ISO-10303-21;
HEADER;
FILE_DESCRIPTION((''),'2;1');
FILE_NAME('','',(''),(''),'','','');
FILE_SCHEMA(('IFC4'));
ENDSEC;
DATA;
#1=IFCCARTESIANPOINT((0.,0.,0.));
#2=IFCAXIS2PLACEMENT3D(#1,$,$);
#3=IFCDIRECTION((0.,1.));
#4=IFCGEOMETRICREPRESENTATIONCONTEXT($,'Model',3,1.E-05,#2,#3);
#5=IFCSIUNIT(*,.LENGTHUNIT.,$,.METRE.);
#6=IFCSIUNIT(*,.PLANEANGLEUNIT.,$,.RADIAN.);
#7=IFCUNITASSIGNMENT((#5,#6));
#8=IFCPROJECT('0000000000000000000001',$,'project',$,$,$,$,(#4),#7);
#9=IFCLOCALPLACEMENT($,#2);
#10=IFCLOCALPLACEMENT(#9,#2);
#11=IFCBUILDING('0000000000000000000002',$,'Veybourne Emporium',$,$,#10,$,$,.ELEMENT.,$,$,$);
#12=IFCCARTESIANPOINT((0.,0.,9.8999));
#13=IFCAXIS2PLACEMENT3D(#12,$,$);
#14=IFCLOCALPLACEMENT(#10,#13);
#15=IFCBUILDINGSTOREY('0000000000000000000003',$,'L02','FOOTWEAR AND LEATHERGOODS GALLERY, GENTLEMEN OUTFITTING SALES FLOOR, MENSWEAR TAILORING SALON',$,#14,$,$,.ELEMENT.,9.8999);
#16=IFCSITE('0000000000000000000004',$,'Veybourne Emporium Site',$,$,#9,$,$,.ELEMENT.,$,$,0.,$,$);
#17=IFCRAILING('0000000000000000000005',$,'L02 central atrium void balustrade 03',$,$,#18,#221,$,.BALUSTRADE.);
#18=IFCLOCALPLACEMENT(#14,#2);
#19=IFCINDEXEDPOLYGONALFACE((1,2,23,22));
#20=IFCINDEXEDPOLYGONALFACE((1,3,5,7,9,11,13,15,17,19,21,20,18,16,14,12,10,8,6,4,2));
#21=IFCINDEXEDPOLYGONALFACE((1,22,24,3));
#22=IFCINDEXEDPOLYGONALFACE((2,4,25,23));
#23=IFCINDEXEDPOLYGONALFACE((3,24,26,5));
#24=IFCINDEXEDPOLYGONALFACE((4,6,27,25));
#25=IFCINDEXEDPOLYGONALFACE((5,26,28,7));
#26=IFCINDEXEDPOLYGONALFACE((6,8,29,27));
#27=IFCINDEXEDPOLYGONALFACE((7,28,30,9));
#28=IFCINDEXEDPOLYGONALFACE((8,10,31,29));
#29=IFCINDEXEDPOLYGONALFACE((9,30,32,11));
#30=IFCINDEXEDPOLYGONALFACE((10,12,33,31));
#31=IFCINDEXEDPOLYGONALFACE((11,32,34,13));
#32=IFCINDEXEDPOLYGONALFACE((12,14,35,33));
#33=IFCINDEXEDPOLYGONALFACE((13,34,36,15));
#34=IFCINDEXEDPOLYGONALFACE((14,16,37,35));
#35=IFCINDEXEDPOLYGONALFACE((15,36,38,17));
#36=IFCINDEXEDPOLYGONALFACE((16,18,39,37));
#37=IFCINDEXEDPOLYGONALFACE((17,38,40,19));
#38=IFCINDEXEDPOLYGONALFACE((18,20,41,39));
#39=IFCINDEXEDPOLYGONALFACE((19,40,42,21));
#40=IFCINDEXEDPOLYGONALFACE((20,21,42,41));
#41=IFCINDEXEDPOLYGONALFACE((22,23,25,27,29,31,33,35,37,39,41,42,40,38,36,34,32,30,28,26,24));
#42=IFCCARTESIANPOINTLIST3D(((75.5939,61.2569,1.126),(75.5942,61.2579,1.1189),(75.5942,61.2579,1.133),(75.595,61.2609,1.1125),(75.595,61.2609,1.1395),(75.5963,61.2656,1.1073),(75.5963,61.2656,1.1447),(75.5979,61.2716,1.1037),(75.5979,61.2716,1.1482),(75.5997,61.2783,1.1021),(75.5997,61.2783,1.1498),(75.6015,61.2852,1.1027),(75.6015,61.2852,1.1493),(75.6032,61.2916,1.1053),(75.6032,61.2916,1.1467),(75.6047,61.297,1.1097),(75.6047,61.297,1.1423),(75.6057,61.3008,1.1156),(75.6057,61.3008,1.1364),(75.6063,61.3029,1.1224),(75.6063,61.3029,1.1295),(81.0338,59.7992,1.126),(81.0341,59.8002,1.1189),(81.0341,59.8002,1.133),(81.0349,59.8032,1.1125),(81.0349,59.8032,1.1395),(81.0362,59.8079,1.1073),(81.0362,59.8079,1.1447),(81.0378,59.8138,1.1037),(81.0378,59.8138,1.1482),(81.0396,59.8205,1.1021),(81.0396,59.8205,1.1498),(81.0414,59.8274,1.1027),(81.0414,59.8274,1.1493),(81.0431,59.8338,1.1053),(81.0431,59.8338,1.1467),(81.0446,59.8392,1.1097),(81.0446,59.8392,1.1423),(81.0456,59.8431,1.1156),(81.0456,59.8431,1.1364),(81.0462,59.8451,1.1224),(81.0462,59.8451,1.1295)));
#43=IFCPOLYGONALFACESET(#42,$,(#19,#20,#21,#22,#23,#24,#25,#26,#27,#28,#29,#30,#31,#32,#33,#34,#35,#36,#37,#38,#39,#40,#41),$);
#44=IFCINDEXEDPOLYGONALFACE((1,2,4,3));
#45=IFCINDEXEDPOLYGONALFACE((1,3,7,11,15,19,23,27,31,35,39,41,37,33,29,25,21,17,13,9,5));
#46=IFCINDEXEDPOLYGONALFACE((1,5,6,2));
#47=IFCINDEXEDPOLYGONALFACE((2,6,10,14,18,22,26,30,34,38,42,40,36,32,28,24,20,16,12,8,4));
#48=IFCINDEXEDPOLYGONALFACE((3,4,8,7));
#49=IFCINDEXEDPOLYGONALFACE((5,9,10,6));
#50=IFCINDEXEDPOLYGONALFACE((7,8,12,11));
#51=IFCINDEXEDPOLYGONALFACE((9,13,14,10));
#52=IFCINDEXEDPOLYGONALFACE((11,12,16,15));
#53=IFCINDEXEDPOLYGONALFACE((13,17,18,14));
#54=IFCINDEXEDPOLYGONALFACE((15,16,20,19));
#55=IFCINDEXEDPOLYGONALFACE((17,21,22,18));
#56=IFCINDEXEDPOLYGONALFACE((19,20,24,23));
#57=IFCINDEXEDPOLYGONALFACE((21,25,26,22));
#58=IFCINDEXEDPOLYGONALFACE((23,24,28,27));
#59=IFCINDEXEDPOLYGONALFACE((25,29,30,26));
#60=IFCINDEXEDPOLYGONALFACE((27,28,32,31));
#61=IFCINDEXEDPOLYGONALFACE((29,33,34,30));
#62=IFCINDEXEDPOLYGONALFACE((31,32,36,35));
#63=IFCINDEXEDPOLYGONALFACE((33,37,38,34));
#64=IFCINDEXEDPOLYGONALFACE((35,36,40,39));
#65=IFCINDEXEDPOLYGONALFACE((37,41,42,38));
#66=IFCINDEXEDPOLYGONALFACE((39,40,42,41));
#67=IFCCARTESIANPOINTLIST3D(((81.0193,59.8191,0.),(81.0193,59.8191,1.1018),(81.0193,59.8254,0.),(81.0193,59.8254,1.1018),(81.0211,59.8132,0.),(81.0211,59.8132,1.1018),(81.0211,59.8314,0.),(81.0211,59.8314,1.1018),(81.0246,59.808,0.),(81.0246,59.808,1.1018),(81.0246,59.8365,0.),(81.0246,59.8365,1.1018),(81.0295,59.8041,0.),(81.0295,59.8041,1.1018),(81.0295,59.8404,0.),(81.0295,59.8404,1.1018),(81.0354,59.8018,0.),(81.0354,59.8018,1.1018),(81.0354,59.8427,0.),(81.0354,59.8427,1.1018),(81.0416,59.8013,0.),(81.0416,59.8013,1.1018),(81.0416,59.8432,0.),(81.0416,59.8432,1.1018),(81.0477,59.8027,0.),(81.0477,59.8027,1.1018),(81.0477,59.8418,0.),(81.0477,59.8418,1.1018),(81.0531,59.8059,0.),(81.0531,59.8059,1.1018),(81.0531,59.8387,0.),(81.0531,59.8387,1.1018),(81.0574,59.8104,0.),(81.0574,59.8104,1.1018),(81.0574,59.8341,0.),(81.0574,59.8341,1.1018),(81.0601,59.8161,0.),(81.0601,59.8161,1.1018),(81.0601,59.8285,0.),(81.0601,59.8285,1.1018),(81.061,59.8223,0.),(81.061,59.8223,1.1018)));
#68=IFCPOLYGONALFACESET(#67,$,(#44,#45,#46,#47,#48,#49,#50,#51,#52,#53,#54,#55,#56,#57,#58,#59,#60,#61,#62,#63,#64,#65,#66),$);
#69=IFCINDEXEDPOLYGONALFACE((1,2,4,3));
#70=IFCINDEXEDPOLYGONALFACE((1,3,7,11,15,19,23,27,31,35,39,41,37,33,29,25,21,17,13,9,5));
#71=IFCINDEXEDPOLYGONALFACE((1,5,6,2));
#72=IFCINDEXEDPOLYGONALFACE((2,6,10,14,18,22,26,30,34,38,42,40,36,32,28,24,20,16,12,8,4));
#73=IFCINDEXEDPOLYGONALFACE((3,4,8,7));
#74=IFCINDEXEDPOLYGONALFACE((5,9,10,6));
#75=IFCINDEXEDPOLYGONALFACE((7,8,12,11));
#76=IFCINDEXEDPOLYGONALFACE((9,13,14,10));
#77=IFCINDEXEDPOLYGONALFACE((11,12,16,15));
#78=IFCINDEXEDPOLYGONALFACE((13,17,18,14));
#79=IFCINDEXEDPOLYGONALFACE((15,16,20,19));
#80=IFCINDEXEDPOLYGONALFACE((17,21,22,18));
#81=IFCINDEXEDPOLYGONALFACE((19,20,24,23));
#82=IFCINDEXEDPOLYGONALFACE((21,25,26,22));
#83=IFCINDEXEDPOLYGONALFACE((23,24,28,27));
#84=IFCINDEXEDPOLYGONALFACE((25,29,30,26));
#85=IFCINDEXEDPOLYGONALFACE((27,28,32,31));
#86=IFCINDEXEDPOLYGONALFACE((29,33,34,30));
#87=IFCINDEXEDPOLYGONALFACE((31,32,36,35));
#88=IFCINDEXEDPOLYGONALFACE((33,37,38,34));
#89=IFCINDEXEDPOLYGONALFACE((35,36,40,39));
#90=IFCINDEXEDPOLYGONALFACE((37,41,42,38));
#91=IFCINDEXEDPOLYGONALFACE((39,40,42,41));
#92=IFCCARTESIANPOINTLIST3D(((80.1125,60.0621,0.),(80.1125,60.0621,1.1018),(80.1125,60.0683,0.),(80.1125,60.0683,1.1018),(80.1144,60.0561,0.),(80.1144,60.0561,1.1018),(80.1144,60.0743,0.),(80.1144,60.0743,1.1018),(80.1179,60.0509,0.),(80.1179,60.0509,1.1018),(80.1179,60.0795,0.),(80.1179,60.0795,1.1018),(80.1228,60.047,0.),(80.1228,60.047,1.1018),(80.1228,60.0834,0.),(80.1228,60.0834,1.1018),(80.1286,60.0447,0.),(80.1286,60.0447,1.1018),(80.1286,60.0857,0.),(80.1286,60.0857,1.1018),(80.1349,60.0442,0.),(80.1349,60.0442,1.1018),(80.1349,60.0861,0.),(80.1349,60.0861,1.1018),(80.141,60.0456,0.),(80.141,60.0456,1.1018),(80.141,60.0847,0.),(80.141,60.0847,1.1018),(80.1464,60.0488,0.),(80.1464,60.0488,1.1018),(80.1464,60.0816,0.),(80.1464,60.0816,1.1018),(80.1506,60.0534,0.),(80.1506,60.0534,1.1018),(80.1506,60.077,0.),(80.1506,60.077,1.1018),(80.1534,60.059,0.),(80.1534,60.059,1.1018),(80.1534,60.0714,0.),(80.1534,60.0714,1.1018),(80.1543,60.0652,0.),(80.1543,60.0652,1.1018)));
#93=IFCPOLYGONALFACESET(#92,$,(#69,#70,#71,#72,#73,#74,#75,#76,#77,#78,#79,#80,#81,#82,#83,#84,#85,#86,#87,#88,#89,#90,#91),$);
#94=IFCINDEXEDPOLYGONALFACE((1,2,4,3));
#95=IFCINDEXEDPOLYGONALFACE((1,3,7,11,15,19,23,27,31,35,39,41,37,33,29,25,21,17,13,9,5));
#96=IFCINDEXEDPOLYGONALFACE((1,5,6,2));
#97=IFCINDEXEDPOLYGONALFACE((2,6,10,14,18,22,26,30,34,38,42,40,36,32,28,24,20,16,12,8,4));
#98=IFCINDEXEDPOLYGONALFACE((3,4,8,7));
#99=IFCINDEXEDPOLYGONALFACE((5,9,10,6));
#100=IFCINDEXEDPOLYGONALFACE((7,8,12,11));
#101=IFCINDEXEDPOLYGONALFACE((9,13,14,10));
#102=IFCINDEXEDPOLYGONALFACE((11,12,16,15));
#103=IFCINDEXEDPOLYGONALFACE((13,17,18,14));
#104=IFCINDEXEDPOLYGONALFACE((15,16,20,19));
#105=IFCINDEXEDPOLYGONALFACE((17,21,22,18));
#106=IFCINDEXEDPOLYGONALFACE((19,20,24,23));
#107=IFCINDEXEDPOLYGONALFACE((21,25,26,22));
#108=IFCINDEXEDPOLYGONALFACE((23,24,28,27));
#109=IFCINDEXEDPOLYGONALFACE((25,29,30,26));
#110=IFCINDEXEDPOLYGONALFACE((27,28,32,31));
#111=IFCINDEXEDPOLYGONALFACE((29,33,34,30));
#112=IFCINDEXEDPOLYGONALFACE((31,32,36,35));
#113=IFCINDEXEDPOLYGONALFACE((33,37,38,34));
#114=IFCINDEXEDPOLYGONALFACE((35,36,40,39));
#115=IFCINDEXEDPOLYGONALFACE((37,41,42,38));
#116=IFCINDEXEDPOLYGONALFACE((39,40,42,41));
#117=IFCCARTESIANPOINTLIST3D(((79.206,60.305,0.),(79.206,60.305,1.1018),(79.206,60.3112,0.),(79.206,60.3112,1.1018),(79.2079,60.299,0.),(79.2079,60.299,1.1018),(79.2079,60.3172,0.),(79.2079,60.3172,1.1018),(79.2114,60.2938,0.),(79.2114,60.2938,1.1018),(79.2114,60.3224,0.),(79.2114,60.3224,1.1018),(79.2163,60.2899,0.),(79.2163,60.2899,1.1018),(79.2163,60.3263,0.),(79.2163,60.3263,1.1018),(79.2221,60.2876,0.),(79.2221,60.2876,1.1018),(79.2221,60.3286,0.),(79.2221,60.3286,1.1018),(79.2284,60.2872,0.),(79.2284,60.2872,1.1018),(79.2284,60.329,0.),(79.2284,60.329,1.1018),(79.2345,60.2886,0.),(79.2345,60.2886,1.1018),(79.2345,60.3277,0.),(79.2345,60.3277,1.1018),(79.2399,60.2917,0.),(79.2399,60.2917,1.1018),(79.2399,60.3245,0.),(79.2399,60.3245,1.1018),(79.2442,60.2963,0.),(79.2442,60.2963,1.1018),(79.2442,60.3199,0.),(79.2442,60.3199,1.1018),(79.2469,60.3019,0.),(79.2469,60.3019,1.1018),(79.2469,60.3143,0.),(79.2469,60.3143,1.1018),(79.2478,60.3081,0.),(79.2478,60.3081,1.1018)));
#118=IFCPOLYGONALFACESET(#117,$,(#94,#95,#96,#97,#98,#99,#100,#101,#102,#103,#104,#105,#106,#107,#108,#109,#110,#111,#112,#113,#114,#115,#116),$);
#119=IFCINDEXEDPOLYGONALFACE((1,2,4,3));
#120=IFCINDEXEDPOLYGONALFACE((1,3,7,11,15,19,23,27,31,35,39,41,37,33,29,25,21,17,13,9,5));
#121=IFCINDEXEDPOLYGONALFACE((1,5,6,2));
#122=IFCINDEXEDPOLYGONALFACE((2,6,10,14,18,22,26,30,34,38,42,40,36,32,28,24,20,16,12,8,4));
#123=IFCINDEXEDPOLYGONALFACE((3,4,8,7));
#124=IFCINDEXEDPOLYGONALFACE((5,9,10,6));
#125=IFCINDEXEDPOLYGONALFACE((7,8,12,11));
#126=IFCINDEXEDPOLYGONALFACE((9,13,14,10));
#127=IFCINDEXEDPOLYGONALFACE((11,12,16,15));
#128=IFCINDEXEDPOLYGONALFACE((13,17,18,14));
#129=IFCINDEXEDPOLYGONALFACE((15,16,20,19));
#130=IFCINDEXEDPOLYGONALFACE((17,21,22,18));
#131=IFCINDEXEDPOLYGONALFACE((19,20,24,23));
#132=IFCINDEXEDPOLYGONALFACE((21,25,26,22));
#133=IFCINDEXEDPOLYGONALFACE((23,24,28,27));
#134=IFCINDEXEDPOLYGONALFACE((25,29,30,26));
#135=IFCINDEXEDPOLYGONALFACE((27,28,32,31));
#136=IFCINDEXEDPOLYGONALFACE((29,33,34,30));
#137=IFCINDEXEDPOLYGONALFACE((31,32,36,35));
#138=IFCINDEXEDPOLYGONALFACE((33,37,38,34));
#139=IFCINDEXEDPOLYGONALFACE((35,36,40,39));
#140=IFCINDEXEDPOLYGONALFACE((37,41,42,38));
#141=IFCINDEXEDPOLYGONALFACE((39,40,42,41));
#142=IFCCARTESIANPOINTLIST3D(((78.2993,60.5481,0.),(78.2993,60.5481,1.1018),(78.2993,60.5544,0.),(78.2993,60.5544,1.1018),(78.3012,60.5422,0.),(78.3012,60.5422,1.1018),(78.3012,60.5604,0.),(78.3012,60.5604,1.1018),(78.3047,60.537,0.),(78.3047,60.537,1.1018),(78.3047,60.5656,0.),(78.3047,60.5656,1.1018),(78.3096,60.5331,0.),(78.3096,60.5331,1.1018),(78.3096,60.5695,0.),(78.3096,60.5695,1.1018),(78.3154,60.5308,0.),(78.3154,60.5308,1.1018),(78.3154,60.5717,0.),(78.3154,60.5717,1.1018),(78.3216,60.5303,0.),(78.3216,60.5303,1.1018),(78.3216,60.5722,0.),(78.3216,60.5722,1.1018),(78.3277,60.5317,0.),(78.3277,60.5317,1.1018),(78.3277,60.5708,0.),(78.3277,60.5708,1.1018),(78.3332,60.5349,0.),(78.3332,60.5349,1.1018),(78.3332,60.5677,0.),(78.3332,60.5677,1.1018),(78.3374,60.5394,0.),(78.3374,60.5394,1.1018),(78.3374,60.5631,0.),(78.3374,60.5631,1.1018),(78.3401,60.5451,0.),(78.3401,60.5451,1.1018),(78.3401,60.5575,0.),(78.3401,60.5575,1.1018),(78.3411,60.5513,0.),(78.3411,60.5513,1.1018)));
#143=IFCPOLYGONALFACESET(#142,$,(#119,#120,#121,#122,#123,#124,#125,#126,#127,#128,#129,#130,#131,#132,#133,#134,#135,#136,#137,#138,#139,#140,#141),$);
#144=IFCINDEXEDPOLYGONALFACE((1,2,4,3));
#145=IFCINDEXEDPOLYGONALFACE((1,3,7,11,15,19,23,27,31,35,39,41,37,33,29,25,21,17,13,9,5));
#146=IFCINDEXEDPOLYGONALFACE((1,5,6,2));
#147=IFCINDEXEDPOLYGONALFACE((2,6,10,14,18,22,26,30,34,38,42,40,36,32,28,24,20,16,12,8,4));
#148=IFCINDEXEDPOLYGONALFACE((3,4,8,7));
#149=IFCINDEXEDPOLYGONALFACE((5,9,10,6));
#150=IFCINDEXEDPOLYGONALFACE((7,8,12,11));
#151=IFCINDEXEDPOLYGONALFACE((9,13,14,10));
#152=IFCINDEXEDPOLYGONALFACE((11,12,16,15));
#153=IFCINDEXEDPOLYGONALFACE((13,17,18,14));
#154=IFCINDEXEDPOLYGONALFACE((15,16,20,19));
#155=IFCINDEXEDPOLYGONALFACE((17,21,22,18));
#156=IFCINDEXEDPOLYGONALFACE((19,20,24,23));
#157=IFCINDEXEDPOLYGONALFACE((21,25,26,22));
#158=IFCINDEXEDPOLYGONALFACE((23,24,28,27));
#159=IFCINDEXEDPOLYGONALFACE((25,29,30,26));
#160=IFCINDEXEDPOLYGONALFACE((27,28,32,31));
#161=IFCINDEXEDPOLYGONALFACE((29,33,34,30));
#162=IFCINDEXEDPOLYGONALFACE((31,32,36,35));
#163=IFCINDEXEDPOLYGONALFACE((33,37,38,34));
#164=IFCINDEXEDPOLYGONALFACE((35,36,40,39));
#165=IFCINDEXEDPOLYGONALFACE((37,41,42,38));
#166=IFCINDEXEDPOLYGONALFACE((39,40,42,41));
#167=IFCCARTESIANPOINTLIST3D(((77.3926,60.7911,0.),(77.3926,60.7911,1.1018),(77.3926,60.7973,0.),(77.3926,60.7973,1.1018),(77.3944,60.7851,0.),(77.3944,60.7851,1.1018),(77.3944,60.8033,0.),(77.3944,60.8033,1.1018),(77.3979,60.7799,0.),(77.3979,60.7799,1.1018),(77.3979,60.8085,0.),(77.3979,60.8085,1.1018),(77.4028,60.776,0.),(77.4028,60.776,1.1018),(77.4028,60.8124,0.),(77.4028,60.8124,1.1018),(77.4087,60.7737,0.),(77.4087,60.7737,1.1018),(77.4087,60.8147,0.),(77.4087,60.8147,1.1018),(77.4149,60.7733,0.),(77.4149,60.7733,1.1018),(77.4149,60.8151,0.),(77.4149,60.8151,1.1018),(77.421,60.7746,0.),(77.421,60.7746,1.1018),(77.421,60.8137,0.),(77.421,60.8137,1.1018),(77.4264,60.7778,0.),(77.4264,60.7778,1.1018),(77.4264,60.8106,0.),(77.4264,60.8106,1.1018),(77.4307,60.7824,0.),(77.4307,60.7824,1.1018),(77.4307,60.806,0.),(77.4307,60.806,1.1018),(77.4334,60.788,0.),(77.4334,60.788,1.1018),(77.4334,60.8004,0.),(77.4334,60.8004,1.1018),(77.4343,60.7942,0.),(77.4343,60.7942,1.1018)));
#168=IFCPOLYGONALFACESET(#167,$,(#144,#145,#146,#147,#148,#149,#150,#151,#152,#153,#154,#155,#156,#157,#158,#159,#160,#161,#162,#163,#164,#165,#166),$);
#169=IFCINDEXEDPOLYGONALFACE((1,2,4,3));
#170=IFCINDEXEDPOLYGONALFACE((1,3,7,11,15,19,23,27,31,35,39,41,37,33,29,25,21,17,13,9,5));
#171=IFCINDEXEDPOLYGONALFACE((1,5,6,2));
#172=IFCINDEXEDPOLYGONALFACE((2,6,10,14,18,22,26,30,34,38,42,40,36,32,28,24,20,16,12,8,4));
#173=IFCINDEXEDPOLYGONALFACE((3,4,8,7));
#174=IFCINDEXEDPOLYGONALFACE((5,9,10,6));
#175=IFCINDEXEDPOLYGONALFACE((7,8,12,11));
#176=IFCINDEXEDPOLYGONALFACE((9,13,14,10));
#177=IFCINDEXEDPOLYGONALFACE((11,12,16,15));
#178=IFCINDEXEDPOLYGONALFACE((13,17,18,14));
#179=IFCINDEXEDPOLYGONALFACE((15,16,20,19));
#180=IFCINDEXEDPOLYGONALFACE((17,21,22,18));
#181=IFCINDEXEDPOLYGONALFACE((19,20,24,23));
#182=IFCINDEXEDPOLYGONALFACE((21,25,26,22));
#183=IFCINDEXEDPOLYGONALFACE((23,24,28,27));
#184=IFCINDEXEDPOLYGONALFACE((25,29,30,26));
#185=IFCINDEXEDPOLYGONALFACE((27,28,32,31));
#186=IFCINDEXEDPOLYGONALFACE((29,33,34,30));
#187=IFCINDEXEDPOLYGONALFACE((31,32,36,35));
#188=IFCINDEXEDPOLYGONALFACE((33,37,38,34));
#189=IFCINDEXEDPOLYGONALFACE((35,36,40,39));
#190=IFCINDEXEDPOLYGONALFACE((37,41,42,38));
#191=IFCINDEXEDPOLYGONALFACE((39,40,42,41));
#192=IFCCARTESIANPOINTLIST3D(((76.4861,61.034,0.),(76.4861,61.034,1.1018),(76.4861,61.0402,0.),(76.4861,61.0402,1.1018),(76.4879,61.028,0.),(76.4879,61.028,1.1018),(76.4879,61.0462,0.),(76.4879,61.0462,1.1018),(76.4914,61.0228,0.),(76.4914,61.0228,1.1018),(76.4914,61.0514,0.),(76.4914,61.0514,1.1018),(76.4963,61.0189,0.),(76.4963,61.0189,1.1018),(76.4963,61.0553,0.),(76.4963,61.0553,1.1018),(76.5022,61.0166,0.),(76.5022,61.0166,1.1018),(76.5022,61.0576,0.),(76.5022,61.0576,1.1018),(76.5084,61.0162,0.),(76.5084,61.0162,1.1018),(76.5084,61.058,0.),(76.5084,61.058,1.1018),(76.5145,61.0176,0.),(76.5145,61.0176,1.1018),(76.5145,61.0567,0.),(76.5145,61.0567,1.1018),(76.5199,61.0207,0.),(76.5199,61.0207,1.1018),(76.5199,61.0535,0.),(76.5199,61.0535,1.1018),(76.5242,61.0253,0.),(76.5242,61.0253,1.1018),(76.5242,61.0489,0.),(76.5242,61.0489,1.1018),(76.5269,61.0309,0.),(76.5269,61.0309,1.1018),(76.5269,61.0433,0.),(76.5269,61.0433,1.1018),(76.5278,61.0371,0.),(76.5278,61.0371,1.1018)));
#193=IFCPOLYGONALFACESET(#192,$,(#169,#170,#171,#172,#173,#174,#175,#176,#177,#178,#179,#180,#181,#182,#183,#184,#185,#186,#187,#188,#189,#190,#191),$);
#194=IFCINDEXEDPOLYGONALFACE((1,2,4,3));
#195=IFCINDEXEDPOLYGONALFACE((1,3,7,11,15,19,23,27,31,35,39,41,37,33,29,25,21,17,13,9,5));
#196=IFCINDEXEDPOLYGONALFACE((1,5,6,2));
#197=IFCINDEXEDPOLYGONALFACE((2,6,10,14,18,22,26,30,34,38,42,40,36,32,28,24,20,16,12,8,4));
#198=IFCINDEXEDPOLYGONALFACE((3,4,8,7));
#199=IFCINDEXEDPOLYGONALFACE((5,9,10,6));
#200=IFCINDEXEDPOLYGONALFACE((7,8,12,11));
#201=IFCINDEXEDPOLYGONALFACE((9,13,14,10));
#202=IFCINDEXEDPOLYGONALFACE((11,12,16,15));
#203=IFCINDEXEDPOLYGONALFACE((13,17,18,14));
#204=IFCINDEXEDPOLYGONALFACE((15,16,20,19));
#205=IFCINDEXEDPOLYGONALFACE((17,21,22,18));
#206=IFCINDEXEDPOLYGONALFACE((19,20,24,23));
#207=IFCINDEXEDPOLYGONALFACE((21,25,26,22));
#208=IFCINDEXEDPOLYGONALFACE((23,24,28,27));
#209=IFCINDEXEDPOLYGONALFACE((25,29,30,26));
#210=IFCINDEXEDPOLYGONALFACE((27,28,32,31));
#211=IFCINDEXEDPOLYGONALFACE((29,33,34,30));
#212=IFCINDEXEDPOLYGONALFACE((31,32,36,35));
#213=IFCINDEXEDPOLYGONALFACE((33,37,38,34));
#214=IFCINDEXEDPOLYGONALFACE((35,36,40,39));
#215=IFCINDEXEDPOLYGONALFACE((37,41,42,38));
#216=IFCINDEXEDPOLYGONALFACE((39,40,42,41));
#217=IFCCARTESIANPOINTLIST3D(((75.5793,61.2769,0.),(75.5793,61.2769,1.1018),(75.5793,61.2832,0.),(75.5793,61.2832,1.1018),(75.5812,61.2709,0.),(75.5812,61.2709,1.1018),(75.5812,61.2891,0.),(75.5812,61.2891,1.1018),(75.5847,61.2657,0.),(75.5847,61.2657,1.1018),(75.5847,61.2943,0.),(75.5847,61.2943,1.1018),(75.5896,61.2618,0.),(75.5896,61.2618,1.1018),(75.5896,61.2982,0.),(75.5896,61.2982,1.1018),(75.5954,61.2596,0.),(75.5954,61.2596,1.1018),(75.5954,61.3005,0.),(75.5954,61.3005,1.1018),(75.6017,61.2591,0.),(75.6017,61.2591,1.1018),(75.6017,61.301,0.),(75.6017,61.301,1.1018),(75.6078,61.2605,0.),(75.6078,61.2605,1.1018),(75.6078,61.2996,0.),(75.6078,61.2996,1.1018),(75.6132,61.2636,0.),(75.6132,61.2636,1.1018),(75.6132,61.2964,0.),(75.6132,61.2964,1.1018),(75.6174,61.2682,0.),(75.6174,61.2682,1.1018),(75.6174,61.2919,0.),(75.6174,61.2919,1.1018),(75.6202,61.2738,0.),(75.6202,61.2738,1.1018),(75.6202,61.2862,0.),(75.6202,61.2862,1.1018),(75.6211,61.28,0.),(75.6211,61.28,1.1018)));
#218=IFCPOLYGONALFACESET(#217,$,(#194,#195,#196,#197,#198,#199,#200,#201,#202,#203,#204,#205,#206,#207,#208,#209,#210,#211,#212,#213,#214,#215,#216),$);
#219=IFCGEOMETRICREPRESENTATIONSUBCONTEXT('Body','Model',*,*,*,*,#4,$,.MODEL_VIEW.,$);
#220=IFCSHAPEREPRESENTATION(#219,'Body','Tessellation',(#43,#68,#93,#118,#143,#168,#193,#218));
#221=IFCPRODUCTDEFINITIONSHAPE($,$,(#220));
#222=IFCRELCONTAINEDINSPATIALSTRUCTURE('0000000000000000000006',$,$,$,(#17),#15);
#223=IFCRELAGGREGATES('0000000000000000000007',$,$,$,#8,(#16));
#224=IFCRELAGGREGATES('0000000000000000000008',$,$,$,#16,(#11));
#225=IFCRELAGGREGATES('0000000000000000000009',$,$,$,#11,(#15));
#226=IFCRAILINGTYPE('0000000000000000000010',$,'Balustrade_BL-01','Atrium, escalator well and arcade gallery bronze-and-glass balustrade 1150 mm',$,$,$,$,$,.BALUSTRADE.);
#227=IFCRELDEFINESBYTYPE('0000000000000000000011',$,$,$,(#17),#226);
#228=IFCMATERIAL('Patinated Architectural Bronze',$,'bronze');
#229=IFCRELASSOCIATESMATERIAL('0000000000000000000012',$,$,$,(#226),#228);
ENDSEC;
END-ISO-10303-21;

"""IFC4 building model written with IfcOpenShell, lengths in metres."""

from ifc_helpers import new_model, si_unit, direction, frame, origin, origin_2d, place, context, subcontext, project, spatial, circle, extrude, material, type_object, element, save


model = new_model("IFC4")

# Units and contexts
model_context = context("Model", 3, precision=1e-05, world=origin(), true_north=direction((0.0, 1.0)))
body_context = subcontext(model_context, "Body", "Model", "MODEL_VIEW")
ifc_project = project(units=[si_unit("LENGTHUNIT", "METRE"), si_unit("PLANEANGLEUNIT", "RADIAN")], contexts=[model_context])

# Site, building, storey
site_placement = place(None, origin())
site = spatial("IfcSite", under=ifc_project, at=site_placement, Name="Veybourne Emporium Site", CompositionType="ELEMENT", RefElevation=0.0)
building_placement = place(site_placement, origin())
building = spatial("IfcBuilding", under=site, at=building_placement, Name="Veybourne Emporium", CompositionType="ELEMENT")
storey_placement = place(building_placement, frame((0.0, 0.0, 9.8999)))
storey = spatial("IfcBuildingStorey", under=building, at=storey_placement, Name="L02", Description="FOOTWEAR AND LEATHERGOODS GALLERY, GENTLEMEN OUTFITTING SALES FLOOR, MENSWEAR TAILORING SALON", CompositionType="ELEMENT", Elevation=9.8999)

# Railing
ifc_material_1 = material(Name="Patinated Architectural Bronze", Category="bronze")
railing_type = type_object("IfcRailingType", Name="Balustrade_BL-01", Description="Atrium, escalator well and arcade gallery bronze-and-glass balustrade 1150 mm", PredefinedType="BALUSTRADE", material=ifc_material_1)
railing_1_placement = place(storey_placement, frame((81.04, 59.8223, 0.0)))
element("IfcRailing", 1, at=railing_1_placement, inside=storey, type_object=railing_type, Name="L02 central atrium void balustrade 03", PredefinedType="BALUSTRADE", context=body_context, shape_type="SweptSolid", body=[
    extrude(circle(Radius=0.0239, at=origin_2d()), frame((0.0, 0.0, 1.126), z_axis=(-0.96592, 0.258842, 0.0), x_axis=(-0.258842, -0.96592, 0.0)), (0.0, 0.0, 1.0), 5.6318),
    extrude(circle(Radius=0.021, at=origin_2d()), origin(), (0.0, 0.0, 1.0), 1.1018),
    extrude(circle(Radius=0.021, at=origin_2d()), frame((-0.9067, 0.2429, 0.0)), (0.0, 0.0, 1.0), 1.1018),
    extrude(circle(Radius=0.021, at=origin_2d()), frame((-1.8132, 0.4858, 0.0)), (0.0, 0.0, 1.0), 1.1018),
    extrude(circle(Radius=0.021, at=origin_2d()), frame((-2.72, 0.729, 0.0)), (0.0, 0.0, 1.0), 1.1018),
    extrude(circle(Radius=0.021, at=origin_2d()), frame((-3.6267, 0.9719, 0.0)), (0.0, 0.0, 1.0), 1.1018),
    extrude(circle(Radius=0.021, at=origin_2d()), frame((-4.5332, 1.2148, 0.0)), (0.0, 0.0, 1.0), 1.1018),
    extrude(circle(Radius=0.021, at=origin_2d()), frame((-5.4399, 1.4578, 0.0)), (0.0, 0.0, 1.0), 1.1018),
])

save(model, "model.ifc")
